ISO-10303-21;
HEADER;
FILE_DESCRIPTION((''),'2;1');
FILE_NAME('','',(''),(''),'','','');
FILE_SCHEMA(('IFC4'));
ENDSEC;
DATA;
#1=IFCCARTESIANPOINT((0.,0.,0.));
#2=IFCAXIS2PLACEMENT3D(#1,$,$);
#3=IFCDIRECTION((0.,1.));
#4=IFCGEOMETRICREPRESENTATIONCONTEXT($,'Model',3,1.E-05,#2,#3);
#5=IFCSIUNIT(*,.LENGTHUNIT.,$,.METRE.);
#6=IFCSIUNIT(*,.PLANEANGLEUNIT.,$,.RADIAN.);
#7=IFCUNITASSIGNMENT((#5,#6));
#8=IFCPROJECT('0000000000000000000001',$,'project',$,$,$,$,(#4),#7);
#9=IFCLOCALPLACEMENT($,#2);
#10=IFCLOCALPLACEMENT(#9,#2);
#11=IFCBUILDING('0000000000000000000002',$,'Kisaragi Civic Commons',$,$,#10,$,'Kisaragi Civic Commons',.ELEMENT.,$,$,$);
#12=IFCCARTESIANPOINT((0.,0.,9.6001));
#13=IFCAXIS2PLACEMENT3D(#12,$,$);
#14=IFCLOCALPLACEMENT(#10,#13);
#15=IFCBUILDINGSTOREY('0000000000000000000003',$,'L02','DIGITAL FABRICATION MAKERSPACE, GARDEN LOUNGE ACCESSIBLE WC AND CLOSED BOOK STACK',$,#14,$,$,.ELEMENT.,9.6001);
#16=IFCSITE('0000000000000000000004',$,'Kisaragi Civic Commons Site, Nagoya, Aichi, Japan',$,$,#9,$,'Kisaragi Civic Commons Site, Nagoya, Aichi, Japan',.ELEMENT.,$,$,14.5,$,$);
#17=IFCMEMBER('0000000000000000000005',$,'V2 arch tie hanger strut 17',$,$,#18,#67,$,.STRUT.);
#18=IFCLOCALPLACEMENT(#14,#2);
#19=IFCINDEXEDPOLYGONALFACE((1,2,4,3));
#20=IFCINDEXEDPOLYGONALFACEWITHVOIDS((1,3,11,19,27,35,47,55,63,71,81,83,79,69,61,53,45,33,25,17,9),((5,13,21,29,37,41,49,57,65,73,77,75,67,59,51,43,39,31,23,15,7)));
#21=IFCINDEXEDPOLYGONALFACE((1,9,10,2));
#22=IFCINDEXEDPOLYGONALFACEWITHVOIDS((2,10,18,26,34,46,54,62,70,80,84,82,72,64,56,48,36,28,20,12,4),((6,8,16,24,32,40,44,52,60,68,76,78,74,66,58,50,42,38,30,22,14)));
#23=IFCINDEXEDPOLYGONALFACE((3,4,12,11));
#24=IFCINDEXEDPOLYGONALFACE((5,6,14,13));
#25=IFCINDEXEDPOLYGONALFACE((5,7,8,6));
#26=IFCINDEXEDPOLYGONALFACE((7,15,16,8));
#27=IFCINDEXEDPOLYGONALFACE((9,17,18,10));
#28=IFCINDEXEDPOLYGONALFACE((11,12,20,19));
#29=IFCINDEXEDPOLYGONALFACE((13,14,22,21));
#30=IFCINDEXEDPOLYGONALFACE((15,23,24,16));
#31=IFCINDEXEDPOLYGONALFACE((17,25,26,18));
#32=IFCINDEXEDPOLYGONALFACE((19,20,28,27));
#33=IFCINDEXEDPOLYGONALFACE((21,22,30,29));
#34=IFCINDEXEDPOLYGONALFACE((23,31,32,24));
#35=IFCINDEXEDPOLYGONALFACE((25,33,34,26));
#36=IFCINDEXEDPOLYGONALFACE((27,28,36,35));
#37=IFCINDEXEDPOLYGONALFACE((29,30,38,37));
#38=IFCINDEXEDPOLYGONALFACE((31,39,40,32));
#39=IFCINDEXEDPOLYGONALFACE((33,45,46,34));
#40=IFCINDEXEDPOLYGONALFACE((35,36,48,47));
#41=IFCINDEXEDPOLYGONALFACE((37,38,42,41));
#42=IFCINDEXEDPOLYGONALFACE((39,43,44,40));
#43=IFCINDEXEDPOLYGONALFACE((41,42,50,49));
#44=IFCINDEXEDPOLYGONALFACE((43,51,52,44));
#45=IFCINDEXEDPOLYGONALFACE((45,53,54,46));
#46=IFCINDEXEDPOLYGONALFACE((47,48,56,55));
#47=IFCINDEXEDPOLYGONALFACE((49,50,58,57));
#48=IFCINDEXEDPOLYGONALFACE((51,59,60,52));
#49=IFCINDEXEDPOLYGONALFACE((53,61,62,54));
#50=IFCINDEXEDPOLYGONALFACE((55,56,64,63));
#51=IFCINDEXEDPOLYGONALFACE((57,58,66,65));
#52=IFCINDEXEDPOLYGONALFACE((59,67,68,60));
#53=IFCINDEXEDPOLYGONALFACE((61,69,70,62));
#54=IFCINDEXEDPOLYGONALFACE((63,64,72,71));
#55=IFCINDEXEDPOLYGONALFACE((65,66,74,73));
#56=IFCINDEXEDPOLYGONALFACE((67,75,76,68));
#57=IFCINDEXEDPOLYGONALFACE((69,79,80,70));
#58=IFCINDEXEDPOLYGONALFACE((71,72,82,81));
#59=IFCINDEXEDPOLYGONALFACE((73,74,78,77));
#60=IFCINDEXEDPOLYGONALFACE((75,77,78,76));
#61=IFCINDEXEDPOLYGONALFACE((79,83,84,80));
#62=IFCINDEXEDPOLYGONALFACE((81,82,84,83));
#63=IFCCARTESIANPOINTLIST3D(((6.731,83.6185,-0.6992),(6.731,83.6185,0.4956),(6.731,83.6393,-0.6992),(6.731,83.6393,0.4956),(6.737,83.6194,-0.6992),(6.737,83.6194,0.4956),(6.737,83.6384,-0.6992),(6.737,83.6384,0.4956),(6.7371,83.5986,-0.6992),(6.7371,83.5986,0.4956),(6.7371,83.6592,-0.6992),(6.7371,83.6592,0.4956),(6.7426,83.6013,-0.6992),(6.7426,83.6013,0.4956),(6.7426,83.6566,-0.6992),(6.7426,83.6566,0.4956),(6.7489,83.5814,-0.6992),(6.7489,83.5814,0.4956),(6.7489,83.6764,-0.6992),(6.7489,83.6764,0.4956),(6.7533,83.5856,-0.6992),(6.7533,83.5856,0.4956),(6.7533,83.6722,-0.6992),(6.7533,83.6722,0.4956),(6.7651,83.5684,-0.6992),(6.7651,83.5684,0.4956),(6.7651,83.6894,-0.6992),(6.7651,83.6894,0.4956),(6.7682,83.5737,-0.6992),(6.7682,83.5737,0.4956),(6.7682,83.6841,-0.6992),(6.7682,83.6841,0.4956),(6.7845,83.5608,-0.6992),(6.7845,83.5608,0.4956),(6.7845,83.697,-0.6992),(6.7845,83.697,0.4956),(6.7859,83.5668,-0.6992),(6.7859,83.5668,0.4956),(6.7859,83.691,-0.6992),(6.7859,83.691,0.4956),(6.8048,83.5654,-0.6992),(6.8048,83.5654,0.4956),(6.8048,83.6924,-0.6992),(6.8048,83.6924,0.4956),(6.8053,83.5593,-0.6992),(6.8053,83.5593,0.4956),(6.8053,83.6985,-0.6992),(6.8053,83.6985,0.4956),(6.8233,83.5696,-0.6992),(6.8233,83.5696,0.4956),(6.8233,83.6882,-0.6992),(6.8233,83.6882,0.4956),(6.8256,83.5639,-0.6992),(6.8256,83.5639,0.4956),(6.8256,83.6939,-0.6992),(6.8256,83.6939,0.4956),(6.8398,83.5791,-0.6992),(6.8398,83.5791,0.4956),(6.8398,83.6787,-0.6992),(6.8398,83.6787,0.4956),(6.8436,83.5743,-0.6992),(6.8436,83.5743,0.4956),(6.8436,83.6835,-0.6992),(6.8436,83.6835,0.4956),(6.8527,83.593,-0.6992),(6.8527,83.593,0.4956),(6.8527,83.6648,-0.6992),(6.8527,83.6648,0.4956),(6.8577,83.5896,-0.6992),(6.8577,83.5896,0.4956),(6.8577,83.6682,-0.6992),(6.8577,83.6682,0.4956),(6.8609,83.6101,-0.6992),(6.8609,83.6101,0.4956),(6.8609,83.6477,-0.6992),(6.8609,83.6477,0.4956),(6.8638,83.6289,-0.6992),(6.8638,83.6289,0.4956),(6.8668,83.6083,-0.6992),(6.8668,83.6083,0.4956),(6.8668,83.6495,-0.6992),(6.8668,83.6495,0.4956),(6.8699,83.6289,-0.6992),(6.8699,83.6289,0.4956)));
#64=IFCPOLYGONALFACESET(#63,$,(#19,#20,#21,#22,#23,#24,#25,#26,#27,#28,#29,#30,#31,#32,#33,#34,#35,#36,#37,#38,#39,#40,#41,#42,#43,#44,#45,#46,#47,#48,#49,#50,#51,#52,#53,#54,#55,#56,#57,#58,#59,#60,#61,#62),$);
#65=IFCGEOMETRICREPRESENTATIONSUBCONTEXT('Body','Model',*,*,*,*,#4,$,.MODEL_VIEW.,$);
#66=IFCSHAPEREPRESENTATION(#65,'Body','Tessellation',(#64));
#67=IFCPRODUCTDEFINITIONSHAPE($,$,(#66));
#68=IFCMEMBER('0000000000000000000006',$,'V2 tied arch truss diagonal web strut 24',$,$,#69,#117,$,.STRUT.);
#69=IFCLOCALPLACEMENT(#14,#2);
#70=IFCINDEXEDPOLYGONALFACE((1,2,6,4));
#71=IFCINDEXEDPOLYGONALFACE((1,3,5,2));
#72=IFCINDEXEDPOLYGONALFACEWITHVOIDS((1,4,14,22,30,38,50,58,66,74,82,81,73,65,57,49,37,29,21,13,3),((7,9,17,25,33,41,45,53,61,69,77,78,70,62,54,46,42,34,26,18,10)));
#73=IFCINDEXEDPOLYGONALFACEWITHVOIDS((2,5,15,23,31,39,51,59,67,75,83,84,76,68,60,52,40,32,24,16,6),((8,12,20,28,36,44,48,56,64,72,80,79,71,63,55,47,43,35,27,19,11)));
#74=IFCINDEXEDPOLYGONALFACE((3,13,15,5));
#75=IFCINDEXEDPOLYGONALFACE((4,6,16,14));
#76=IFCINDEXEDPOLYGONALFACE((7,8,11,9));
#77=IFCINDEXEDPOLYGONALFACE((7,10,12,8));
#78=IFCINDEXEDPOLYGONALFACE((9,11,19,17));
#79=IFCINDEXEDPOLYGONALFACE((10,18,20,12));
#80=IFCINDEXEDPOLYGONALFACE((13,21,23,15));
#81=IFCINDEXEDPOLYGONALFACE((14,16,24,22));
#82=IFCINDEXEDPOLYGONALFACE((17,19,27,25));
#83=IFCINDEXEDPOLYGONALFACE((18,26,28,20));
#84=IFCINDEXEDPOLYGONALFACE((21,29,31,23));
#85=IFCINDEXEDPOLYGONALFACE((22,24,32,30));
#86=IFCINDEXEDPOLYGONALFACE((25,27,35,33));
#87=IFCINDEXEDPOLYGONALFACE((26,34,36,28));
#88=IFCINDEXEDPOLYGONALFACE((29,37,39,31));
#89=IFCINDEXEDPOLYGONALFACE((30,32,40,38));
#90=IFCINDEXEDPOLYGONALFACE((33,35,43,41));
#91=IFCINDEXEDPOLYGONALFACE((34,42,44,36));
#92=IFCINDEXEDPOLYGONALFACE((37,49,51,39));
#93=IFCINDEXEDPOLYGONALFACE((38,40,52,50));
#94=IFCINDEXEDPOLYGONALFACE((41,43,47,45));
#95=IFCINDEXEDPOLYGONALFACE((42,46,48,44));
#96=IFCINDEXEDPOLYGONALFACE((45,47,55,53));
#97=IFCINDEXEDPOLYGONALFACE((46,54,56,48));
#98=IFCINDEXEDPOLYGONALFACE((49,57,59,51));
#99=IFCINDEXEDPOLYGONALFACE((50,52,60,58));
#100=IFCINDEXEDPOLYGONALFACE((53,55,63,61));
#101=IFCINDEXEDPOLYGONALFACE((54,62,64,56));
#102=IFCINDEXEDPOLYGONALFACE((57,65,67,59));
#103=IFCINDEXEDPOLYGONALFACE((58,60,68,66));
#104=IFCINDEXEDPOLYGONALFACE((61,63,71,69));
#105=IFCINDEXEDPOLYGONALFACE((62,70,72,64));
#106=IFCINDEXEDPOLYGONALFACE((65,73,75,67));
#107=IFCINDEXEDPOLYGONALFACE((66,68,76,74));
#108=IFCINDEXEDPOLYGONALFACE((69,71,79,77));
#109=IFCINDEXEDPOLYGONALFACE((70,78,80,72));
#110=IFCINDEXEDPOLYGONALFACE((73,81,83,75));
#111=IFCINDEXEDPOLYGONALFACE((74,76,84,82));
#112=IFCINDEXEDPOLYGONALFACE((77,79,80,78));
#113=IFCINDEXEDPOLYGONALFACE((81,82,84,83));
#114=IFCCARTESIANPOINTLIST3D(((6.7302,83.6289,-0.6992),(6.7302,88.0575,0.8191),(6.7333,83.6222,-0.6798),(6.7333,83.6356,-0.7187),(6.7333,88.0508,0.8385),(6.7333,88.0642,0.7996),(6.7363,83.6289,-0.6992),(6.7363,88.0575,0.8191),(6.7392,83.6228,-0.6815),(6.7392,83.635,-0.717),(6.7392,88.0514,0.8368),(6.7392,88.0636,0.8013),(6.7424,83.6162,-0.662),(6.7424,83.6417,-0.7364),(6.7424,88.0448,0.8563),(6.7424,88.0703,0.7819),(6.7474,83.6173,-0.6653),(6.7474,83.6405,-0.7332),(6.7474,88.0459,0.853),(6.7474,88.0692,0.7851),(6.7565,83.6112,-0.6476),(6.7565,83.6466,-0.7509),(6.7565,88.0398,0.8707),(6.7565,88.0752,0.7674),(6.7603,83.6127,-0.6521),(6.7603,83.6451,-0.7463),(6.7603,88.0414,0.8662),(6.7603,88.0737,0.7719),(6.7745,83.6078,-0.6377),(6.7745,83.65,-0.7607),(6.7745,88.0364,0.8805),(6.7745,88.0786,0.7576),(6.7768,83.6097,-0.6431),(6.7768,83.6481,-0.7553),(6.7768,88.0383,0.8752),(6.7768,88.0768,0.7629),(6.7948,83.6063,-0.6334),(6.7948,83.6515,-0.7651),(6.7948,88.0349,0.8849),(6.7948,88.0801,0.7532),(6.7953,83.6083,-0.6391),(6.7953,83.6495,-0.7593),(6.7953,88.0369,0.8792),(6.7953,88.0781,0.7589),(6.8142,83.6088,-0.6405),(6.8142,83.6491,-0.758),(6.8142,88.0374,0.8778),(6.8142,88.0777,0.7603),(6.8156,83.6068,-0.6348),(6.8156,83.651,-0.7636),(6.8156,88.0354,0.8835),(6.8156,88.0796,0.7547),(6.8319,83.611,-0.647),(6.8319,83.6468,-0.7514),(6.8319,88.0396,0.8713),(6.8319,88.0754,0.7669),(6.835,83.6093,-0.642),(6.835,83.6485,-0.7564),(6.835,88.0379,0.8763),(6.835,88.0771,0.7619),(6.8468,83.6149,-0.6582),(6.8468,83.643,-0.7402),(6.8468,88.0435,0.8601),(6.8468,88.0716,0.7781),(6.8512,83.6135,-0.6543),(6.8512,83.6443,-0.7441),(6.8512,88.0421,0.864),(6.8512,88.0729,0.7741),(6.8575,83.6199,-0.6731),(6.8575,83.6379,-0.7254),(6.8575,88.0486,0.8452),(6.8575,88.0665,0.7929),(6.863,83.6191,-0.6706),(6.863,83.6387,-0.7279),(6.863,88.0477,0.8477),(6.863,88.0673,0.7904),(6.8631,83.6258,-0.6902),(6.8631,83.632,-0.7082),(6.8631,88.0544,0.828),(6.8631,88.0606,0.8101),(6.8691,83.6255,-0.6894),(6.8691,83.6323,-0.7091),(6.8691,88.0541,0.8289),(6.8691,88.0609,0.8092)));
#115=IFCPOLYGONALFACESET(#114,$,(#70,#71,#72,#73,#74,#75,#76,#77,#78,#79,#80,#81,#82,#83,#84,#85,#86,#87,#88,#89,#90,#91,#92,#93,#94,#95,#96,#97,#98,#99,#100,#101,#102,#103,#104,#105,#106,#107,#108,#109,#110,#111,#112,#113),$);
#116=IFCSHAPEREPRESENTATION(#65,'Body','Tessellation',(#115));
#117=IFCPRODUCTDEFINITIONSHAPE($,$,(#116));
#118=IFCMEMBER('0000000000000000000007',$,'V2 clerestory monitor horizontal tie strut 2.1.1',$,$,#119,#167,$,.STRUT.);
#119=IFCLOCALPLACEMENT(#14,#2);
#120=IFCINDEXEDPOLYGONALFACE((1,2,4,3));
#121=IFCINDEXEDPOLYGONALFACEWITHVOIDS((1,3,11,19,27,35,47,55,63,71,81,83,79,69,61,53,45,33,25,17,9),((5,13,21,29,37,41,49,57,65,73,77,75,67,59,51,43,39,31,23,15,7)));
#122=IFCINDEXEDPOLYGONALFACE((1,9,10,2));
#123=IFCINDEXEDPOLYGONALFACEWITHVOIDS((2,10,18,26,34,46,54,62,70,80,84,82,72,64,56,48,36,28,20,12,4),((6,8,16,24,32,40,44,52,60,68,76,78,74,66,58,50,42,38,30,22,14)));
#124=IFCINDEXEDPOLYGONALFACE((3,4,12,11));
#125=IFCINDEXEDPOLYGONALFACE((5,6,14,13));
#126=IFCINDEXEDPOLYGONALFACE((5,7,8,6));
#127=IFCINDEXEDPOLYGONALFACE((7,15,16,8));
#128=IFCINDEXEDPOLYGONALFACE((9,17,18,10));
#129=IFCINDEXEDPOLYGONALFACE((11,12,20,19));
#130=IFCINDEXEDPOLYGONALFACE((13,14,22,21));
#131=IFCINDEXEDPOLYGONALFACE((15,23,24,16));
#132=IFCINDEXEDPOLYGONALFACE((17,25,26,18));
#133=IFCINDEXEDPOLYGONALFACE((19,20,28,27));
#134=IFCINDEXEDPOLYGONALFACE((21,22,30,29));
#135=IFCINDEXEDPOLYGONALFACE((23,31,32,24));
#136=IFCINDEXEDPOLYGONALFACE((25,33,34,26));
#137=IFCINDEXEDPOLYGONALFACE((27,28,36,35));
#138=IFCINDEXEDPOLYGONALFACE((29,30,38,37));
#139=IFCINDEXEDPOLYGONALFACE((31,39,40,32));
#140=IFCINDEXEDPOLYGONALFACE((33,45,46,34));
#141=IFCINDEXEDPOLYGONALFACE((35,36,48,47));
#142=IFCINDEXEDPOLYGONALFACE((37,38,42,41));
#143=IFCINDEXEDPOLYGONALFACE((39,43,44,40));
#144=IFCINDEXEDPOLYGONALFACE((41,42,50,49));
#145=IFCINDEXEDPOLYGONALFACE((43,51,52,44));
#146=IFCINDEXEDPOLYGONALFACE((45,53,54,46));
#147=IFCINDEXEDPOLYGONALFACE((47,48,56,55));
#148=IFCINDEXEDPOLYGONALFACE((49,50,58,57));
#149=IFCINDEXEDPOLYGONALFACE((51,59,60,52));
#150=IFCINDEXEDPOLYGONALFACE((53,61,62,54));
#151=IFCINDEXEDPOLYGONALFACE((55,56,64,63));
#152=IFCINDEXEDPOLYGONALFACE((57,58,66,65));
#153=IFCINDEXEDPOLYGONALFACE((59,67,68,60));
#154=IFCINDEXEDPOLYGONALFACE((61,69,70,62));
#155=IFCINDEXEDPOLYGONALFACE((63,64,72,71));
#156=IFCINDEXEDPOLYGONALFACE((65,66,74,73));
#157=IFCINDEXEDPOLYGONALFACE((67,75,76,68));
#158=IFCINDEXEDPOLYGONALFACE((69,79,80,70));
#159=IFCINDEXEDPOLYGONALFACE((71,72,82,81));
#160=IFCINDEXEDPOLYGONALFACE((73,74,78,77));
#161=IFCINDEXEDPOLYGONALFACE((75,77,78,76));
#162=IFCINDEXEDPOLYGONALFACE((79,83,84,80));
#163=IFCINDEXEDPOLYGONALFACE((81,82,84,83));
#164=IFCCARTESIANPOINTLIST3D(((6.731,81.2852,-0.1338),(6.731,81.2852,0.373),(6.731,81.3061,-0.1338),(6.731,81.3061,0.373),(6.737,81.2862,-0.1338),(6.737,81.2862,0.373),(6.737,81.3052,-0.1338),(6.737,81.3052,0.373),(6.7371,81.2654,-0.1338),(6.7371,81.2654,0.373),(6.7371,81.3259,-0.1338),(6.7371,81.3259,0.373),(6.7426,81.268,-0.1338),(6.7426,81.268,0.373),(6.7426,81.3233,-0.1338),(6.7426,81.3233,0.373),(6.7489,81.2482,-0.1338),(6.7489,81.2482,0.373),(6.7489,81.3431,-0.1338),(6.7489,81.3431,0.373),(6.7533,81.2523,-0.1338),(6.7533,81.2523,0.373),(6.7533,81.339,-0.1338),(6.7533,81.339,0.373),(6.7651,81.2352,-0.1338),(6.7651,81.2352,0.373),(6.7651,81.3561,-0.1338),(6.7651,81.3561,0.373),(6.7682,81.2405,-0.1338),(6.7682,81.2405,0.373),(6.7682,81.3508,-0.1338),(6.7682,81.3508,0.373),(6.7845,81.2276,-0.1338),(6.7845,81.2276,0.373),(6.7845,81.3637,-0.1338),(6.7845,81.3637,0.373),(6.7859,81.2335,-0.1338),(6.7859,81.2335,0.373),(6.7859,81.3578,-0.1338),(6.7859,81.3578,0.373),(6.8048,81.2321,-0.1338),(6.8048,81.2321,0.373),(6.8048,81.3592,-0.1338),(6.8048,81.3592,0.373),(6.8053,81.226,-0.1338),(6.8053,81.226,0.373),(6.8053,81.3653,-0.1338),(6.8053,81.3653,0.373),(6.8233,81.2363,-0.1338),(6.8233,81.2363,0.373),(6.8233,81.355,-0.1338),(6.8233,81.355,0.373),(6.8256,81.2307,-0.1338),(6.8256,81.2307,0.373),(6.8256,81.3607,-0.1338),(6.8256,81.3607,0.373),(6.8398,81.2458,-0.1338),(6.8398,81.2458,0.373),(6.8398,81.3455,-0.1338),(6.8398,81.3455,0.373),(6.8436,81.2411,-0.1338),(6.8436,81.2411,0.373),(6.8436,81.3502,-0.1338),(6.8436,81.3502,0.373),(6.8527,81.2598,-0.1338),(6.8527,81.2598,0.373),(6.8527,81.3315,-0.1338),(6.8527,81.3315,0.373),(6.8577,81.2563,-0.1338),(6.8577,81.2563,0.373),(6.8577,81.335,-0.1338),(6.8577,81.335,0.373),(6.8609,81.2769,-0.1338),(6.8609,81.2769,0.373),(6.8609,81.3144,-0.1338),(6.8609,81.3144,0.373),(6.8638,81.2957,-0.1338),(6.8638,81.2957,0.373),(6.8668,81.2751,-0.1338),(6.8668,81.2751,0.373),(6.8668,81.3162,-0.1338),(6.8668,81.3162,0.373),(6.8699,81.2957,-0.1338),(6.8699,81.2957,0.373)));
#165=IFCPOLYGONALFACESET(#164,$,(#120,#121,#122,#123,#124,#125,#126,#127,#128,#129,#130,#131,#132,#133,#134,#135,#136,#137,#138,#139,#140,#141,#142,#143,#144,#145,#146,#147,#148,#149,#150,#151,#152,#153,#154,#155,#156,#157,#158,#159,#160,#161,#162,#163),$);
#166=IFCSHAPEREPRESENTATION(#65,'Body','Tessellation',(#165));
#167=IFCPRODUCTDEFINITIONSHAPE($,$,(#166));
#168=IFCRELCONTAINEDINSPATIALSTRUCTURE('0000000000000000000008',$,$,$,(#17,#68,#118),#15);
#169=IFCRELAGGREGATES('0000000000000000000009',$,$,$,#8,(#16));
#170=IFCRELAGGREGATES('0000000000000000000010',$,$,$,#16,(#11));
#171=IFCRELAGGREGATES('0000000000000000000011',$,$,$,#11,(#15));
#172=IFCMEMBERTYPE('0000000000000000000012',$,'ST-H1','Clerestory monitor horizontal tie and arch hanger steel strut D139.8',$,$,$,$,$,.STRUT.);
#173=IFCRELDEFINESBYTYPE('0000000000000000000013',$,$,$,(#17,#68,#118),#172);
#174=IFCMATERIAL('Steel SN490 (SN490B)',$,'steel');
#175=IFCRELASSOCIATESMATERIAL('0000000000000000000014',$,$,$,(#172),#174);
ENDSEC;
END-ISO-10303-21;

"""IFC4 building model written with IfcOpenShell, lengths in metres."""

from ifc_helpers import new_model, si_unit, direction, frame, origin, origin_2d, place, context, subcontext, project, spatial, hollow_circle, extrude, material, material_profile, profile_set, type_object, element, save


model = new_model("IFC4")

# Units and contexts
model_context = context("Model", 3, precision=1e-05, world=origin(), true_north=direction((0.0, 1.0)))
body_context = subcontext(model_context, "Body", "Model", "MODEL_VIEW")
ifc_project = project(units=[si_unit("LENGTHUNIT", "METRE"), si_unit("PLANEANGLEUNIT", "RADIAN")], contexts=[model_context])

# Site, building, storey
site_placement = place(None, origin())
site = spatial("IfcSite", under=ifc_project, at=site_placement, Name="Kisaragi Civic Commons Site, Nagoya, Aichi, Japan", LongName="Kisaragi Civic Commons Site, Nagoya, Aichi, Japan", CompositionType="ELEMENT", RefElevation=14.5)
building_placement = place(site_placement, origin())
building = spatial("IfcBuilding", under=site, at=building_placement, Name="Kisaragi Civic Commons", LongName="Kisaragi Civic Commons", CompositionType="ELEMENT")
storey_placement = place(building_placement, frame((0.0, 0.0, 9.6001)))
storey = spatial("IfcBuildingStorey", under=building, at=storey_placement, Name="L02", Description="DIGITAL FABRICATION MAKERSPACE, GARDEN LOUNGE ACCESSIBLE WC AND CLOSED BOOK STACK", CompositionType="ELEMENT", Elevation=9.6001)

# Members
ifc_material_1 = material(Name="Steel SN490 (SN490B)", Category="steel")
ifc_material_profile_1 = material_profile(ifc_material_1, hollow_circle(Radius=0.0698, WallThickness=0.0061, at=origin_2d()), Name="CHS-139.8x6.0", Category="steel")
ifc_profile_set_1 = profile_set([ifc_material_profile_1], Name="Steel SN490 (SN490B)")
member_type_1 = type_object("IfcMemberType", Name="ST-H1", Description="Clerestory monitor horizontal tie and arch hanger steel strut D139.8", PredefinedType="STRUT", material=ifc_profile_set_1)
member_1_placement = place(storey_placement, frame((6.8, 83.6289, -0.6992), z_axis=(0.0, 0.0, 1.0), x_axis=(1.0, 0.0, 0.0)))
element("IfcMember", 1, at=member_1_placement, inside=storey, type_object=member_type_1, Name="V2 arch tie hanger strut 17", PredefinedType="STRUT", context=body_context, shape_type="SweptSolid", body=[
    extrude(hollow_circle(Radius=0.0698, WallThickness=0.0061, at=origin_2d()), origin(), (0.0, 0.0, 1.0), 1.1948),
])
member_2_placement = place(storey_placement, frame((6.8, 83.6289, -0.6992), z_axis=(0.0, 0.945953, 0.324304), x_axis=(-1.0, 0.0, 0.0)))
element("IfcMember", 2, at=member_2_placement, inside=storey, type_object=member_type_1, Name="V2 tied arch truss diagonal web strut 24", PredefinedType="STRUT", context=body_context, shape_type="SweptSolid", body=[
    extrude(hollow_circle(Radius=0.0698, WallThickness=0.0061, at=origin_2d()), origin(), (0.0, 0.0, 1.0), 4.6816),
])
member_3_placement = place(storey_placement, frame((6.8, 81.2957, -0.1338), z_axis=(0.0, 0.0, 1.0), x_axis=(1.0, 0.0, 0.0)))
element("IfcMember", 3, at=member_3_placement, inside=storey, type_object=member_type_1, Name="V2 clerestory monitor horizontal tie strut 2.1.1", PredefinedType="STRUT", context=body_context, shape_type="SweptSolid", body=[
    extrude(hollow_circle(Radius=0.0698, WallThickness=0.0061, at=origin_2d()), origin(), (0.0, 0.0, 1.0), 0.5068),
])

save(model, "model.ifc")
